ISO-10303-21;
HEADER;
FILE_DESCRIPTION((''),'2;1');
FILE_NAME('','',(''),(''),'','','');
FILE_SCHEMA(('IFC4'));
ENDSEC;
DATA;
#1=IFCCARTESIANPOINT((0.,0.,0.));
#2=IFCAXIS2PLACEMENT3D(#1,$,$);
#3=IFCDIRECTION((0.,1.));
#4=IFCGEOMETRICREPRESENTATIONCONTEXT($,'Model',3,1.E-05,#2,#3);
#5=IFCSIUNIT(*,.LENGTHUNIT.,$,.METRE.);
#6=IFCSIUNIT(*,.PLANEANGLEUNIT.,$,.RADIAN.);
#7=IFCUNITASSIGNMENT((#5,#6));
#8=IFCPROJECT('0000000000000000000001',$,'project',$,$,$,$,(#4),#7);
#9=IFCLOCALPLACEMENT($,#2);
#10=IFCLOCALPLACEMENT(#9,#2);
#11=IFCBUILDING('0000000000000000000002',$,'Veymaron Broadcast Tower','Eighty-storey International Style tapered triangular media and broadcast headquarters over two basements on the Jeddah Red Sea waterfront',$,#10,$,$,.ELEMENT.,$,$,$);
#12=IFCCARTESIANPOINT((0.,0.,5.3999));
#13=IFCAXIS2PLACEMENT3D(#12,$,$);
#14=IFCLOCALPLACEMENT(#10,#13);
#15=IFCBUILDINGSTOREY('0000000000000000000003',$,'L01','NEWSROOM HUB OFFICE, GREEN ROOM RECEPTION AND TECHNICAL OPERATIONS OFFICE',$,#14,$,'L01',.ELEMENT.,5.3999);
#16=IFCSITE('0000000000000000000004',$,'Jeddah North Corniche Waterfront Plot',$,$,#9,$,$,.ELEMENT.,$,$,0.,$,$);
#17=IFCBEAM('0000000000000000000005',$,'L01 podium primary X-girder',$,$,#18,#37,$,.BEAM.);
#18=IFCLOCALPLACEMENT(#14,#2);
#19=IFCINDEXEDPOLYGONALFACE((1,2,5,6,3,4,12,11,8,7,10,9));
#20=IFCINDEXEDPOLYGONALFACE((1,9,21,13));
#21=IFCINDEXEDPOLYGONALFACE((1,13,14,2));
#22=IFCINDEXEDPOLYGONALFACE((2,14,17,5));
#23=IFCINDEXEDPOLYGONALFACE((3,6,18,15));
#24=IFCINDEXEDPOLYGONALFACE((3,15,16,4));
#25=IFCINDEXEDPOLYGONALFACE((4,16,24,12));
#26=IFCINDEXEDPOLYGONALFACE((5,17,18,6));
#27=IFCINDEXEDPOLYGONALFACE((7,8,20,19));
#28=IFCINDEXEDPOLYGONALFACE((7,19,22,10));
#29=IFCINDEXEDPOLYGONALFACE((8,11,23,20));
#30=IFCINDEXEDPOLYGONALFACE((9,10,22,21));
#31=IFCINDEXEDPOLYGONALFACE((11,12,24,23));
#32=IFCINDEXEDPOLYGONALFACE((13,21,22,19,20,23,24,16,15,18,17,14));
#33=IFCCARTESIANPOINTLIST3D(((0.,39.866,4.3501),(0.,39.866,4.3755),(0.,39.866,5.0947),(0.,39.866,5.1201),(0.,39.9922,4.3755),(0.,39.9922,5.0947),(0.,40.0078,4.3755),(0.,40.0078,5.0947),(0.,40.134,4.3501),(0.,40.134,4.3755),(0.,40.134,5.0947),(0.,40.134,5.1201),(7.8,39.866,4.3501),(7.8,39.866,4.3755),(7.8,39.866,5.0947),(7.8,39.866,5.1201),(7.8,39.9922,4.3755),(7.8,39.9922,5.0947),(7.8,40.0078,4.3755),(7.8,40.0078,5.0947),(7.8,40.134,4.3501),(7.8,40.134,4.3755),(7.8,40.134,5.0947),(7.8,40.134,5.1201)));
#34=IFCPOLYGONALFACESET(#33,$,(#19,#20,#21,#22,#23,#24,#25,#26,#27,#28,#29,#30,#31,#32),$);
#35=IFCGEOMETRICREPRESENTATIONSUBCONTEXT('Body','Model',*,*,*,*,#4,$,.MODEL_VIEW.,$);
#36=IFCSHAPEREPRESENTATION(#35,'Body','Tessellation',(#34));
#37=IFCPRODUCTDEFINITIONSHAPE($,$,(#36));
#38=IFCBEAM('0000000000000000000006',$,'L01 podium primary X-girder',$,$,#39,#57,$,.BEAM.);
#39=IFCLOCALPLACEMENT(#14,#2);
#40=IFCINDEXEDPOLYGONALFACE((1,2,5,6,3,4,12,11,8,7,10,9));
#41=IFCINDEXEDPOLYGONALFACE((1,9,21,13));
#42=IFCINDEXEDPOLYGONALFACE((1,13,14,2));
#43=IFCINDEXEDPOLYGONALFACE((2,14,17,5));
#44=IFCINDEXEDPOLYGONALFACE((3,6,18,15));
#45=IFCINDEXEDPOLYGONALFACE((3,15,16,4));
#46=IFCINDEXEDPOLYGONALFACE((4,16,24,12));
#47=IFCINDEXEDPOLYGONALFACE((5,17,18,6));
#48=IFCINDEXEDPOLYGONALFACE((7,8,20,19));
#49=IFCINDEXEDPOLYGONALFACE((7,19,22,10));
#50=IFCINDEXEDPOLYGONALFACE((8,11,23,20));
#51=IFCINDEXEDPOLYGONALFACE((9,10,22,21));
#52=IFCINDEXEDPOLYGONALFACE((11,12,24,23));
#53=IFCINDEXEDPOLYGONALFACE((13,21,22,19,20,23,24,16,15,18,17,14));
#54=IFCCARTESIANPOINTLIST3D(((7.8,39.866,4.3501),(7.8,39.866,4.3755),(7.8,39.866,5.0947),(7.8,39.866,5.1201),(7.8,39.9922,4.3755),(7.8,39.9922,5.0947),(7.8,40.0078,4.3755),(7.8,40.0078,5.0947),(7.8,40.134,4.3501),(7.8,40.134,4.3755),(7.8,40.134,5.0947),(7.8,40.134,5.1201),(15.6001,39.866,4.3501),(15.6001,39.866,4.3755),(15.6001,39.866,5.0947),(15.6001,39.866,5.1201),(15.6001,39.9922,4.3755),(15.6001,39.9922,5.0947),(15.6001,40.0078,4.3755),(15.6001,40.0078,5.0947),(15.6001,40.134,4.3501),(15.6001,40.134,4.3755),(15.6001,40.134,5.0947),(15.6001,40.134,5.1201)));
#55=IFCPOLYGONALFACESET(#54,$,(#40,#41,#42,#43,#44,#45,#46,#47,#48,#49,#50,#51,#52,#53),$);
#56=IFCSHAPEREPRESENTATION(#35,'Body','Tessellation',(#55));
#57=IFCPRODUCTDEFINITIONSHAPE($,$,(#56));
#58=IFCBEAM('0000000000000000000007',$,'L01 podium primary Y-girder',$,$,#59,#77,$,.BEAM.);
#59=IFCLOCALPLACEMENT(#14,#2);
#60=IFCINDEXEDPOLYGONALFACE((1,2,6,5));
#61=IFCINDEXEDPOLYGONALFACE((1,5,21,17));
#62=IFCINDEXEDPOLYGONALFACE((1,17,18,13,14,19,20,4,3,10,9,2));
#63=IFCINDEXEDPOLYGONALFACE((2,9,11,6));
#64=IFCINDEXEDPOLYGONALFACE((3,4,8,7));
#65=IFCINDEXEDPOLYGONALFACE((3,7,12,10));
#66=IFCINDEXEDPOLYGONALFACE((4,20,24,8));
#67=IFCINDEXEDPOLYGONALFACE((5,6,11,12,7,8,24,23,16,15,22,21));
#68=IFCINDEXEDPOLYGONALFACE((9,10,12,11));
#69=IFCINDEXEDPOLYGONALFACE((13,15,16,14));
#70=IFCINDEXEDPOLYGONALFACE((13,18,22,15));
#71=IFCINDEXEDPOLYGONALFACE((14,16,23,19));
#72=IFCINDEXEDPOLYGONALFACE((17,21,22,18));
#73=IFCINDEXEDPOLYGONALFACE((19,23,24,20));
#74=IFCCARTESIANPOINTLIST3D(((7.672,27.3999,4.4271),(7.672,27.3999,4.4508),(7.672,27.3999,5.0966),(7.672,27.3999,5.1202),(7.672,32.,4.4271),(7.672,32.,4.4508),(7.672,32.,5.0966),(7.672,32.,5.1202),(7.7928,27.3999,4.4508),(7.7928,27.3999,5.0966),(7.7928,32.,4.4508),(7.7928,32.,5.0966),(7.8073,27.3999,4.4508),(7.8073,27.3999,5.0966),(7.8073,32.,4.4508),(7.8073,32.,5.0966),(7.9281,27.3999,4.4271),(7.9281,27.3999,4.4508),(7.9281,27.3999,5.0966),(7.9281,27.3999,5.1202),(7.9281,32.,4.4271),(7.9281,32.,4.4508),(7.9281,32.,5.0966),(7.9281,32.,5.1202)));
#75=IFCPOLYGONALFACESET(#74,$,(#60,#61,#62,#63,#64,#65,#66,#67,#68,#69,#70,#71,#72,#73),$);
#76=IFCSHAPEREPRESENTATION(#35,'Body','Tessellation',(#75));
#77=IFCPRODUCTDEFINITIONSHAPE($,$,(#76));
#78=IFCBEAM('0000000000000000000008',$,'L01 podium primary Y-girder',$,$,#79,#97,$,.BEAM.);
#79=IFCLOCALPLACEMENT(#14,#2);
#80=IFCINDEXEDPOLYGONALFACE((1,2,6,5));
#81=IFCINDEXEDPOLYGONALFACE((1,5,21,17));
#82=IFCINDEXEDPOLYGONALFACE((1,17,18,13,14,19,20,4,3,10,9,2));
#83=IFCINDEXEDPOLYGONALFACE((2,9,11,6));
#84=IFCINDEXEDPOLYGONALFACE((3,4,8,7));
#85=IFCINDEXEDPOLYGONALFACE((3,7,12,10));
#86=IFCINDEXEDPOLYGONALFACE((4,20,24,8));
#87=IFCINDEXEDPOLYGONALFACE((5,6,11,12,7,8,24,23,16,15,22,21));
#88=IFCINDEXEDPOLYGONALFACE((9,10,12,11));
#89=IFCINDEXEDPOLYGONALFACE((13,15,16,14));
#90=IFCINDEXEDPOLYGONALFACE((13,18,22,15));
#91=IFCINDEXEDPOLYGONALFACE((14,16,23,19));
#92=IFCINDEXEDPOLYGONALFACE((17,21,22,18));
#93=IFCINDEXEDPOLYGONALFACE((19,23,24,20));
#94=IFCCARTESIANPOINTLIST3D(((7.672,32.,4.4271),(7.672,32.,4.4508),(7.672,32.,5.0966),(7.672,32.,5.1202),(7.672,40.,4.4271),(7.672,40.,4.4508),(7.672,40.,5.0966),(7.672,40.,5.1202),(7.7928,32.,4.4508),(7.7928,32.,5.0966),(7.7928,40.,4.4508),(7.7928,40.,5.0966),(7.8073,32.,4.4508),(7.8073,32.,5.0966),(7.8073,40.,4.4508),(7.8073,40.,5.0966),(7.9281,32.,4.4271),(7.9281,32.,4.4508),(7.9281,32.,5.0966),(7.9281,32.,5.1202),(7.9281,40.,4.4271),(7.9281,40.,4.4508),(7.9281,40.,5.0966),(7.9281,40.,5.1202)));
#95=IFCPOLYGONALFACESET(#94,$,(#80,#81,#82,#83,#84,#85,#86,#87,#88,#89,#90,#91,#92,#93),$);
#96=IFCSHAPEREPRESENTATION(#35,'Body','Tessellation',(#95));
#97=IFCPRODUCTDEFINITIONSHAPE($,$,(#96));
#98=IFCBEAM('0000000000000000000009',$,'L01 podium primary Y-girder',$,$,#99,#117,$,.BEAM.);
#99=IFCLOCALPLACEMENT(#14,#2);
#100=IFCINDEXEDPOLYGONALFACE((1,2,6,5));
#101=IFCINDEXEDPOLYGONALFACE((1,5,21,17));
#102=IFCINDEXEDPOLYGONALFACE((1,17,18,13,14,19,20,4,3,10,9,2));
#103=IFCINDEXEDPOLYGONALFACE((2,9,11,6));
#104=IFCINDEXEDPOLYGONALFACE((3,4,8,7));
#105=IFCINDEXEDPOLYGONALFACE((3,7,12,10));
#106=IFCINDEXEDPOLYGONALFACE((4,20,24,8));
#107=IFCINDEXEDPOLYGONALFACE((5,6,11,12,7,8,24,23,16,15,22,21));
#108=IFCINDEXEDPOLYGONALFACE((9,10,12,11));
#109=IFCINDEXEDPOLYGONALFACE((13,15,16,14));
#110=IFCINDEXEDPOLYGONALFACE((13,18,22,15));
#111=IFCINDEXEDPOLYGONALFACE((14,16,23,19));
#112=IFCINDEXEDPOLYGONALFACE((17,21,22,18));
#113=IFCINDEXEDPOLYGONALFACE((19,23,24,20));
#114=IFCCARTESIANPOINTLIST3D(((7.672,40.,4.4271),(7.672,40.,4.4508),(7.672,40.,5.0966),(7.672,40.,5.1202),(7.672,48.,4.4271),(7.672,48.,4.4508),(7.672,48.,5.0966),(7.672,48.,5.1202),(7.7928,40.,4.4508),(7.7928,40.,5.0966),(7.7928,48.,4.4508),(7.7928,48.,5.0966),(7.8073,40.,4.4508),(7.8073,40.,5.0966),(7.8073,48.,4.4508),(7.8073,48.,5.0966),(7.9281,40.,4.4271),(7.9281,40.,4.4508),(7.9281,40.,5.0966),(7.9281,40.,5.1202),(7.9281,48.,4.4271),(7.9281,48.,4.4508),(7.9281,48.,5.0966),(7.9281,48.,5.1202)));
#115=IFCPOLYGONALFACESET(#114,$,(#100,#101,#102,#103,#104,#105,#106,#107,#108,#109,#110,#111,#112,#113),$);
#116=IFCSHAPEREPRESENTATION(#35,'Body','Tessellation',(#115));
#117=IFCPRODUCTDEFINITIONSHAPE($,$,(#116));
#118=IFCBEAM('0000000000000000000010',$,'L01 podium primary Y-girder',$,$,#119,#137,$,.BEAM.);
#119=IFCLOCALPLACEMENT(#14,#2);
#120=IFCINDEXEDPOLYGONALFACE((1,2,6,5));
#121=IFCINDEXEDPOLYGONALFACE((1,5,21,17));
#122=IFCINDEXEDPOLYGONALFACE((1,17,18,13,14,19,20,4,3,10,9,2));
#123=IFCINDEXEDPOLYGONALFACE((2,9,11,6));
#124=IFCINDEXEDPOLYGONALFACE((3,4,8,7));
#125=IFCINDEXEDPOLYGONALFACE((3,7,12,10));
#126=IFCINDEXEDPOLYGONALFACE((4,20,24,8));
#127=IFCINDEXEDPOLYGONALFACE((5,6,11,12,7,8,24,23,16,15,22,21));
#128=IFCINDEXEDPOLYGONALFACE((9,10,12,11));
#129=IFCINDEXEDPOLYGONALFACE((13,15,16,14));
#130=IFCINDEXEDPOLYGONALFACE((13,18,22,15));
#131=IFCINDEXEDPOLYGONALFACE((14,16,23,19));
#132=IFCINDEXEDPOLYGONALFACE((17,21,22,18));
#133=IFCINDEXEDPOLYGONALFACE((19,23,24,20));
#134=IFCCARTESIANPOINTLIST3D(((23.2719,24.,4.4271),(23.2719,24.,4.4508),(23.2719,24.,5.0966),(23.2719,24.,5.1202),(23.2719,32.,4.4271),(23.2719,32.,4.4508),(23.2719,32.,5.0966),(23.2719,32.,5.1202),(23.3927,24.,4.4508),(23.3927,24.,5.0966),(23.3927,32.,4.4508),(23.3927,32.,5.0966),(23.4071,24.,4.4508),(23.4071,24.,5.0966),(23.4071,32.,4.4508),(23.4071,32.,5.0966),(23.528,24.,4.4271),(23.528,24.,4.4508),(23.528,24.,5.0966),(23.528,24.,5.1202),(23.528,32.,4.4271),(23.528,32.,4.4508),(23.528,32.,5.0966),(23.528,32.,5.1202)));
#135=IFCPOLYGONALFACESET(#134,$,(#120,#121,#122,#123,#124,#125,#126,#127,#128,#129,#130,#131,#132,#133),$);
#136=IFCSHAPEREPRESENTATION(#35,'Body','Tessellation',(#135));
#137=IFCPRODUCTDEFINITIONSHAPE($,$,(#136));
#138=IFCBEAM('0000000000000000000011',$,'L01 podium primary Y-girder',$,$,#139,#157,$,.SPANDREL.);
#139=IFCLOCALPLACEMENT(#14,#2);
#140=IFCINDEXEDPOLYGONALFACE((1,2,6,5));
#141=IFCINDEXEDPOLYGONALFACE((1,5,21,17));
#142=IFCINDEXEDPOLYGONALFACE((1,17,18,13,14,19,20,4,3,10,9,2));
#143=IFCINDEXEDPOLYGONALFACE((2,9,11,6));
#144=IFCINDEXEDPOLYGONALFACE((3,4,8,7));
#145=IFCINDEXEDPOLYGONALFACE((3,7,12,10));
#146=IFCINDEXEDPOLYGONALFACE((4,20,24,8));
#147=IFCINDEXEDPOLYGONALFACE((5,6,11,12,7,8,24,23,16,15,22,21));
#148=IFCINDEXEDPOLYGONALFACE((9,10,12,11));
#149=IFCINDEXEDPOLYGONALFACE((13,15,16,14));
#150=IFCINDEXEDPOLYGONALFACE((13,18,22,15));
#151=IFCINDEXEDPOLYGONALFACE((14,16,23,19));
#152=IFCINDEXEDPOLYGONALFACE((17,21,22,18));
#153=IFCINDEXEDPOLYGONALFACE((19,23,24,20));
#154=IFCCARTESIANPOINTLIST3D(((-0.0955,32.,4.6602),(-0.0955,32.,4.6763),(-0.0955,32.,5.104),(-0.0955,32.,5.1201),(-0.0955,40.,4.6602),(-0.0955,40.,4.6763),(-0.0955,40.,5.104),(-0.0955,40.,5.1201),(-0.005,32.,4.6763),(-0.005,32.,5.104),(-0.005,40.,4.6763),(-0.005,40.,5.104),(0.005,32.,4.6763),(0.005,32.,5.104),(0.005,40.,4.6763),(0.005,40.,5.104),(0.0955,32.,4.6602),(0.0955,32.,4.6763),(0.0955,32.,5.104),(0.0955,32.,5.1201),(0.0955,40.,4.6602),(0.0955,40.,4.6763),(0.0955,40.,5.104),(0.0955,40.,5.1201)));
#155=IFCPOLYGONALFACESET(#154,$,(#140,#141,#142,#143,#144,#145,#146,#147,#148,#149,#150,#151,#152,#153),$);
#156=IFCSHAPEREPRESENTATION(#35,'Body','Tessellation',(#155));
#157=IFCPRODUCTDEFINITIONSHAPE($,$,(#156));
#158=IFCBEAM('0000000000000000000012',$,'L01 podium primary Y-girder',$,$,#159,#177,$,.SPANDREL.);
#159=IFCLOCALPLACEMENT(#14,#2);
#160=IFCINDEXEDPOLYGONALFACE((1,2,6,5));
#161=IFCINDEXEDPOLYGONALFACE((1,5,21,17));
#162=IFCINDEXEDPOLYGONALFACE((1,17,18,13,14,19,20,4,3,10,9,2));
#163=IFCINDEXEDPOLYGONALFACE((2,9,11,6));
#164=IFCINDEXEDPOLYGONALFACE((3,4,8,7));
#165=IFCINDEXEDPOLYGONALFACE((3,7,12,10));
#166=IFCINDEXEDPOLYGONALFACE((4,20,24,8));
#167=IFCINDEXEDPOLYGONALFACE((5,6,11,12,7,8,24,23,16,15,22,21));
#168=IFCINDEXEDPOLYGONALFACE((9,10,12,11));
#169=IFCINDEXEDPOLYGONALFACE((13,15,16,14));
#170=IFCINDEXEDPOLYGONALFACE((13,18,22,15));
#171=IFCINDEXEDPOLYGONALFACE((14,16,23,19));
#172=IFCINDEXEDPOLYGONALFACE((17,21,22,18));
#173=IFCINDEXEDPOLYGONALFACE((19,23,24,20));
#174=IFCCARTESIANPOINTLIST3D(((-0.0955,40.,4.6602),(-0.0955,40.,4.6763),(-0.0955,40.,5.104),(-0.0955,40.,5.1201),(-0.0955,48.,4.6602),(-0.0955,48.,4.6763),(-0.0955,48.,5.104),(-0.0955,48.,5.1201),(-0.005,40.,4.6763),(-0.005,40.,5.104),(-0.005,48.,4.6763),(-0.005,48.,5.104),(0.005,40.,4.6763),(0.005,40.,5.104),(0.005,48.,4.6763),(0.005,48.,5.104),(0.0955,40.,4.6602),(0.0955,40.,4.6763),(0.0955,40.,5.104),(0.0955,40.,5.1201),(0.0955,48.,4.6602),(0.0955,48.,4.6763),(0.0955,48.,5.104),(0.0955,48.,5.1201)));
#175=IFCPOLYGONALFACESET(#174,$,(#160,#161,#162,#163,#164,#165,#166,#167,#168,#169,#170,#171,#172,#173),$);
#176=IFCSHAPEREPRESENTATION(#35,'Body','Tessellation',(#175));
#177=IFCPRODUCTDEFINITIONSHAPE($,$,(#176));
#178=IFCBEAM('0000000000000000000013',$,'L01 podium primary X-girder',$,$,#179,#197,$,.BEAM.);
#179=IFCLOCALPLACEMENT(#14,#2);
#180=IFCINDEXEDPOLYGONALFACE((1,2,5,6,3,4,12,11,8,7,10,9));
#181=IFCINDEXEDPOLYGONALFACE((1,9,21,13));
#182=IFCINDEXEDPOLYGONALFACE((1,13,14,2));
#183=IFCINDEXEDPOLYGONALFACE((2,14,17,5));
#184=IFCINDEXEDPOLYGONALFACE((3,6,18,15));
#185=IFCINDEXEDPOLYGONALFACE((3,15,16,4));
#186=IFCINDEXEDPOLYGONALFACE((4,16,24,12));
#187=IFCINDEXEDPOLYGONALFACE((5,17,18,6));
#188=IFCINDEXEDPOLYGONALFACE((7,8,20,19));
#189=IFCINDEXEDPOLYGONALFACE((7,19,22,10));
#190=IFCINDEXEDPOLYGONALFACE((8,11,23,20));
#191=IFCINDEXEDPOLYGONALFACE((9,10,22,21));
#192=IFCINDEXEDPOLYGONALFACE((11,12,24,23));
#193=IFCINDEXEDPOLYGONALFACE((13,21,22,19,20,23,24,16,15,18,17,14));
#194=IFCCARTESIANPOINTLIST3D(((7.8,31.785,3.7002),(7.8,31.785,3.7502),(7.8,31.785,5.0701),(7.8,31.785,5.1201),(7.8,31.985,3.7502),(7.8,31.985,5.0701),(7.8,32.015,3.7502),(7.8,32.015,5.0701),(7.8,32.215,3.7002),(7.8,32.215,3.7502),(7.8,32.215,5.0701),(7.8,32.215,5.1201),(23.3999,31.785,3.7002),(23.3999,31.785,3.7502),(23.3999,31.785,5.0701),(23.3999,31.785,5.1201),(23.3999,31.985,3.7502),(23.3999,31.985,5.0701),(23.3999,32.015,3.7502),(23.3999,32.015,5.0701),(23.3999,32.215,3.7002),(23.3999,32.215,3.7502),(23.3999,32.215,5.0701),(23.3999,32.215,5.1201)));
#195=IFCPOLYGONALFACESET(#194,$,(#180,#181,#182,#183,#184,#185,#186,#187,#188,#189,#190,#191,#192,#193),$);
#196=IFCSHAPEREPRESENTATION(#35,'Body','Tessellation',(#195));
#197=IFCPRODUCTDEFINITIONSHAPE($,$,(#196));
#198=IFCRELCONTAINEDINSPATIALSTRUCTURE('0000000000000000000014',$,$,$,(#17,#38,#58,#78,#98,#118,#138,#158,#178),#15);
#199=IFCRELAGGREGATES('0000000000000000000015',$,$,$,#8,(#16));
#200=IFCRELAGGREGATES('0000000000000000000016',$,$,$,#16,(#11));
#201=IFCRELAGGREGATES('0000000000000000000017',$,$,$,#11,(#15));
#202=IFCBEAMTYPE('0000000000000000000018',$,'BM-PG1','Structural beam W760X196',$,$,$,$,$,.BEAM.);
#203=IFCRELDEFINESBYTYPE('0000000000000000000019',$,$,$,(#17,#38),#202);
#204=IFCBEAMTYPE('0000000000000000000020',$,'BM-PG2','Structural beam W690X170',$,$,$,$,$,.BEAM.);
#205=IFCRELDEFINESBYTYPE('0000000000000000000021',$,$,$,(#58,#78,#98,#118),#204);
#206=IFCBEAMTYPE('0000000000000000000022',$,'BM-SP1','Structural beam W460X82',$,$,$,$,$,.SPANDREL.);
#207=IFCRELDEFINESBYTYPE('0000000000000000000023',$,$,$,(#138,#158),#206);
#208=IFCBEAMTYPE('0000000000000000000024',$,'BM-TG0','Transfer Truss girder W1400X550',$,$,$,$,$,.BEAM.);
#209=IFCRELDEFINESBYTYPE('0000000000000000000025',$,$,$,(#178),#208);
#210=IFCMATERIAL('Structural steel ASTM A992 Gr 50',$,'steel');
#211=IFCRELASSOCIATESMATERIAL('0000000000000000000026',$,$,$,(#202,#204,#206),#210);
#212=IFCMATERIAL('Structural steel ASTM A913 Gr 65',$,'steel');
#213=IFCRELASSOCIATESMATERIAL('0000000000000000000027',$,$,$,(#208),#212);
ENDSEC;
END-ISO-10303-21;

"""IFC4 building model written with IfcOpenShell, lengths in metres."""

from ifc_helpers import new_model, si_unit, direction, frame, origin, origin_2d, place, context, subcontext, project, spatial, i_section, extrude, material, material_profile, profile_set, type_object, element, save


model = new_model("IFC4")

# Units and contexts
model_context = context("Model", 3, precision=1e-05, world=origin(), true_north=direction((0.0, 1.0)))
body_context = subcontext(model_context, "Body", "Model", "MODEL_VIEW")
ifc_project = project(units=[si_unit("LENGTHUNIT", "METRE"), si_unit("PLANEANGLEUNIT", "RADIAN")], contexts=[model_context])

# Site, building, storey
site_placement = place(None, origin())
site = spatial("IfcSite", under=ifc_project, at=site_placement, Name="Jeddah North Corniche Waterfront Plot", CompositionType="ELEMENT", RefElevation=0.0)
building_placement = place(site_placement, origin())
building = spatial("IfcBuilding", under=site, at=building_placement, Name="Veymaron Broadcast Tower", Description="Eighty-storey International Style tapered triangular media and broadcast headquarters over two basements on the Jeddah Red Sea waterfront", CompositionType="ELEMENT")
storey_placement = place(building_placement, frame((0.0, 0.0, 5.3999)))
storey = spatial("IfcBuildingStorey", under=building, at=storey_placement, Name="L01", Description="NEWSROOM HUB OFFICE, GREEN ROOM RECEPTION AND TECHNICAL OPERATIONS OFFICE", LongName="L01", CompositionType="ELEMENT", Elevation=5.3999)

# Shared definitions
ifc_material_1 = material(Name="Structural steel ASTM A913 Gr 65", Category="steel")

# Beams
ifc_material_2 = material(Name="Structural steel ASTM A992 Gr 50", Category="steel")
ifc_material_profile_1 = material_profile(ifc_material_2, i_section(OverallWidth=0.2681, OverallDepth=0.77, WebThickness=0.0156, FlangeThickness=0.0254, at=origin_2d()), Name="W760X196")
ifc_profile_set_1 = profile_set([ifc_material_profile_1], Name="Structural steel ASTM A992 Gr 50")
beam_type_1 = type_object("IfcBeamType", Name="BM-PG1", Description="Structural beam W760X196", PredefinedType="BEAM", material=ifc_profile_set_1)
for number, where, z_axis, x_axis, name in (
    (1, (0.0, 40.0, 4.7351), (1.0, 0.0, 0.0), (0.0, 1.0, 0.0), "L01 podium primary X-girder"),
    (2, (7.8, 40.0, 4.7351), (1.0, 0.0, 0.0), (0.0, 1.0, 0.0), "L01 podium primary X-girder"),
):
    element("IfcBeam", number, at=place(storey_placement, frame(where, z_axis=z_axis, x_axis=x_axis)), inside=storey, type_object=beam_type_1, Name=name, PredefinedType="BEAM", context=body_context, shape_type="SweptSolid", body=[
        extrude(i_section(OverallWidth=0.2681, OverallDepth=0.77, WebThickness=0.0156, FlangeThickness=0.0254, at=origin_2d()), origin(), (0.0, 0.0, 1.0), 7.8),
    ])
ifc_material_profile_2 = material_profile(ifc_material_2, i_section(OverallWidth=0.2561, OverallDepth=0.6931, WebThickness=0.0144, FlangeThickness=0.0237, at=origin_2d()), Name="W690X170")
ifc_profile_set_2 = profile_set([ifc_material_profile_2], Name="Structural steel ASTM A992 Gr 50")
beam_type_2 = type_object("IfcBeamType", Name="BM-PG2", Description="Structural beam W690X170", PredefinedType="BEAM", material=ifc_profile_set_2)
beam_1_placement = place(storey_placement, frame((7.8, 27.3999, 4.7737), z_axis=(0.0, 1.0, 0.0), x_axis=(-1.0, 0.0, 0.0)))
element("IfcBeam", 3, at=beam_1_placement, inside=storey, type_object=beam_type_2, Name="L01 podium primary Y-girder", PredefinedType="BEAM", context=body_context, shape_type="SweptSolid", body=[
    extrude(i_section(OverallWidth=0.2561, OverallDepth=0.6931, WebThickness=0.0144, FlangeThickness=0.0237, at=origin_2d()), origin(), (0.0, 0.0, 1.0), 4.6001),
])
for number, where, z_axis, x_axis, name in (
    (4, (7.8, 32.0, 4.7737), (0.0, 1.0, 0.0), (-1.0, 0.0, 0.0), "L01 podium primary Y-girder"),
    (5, (7.8, 40.0, 4.7737), (0.0, 1.0, 0.0), (-1.0, 0.0, 0.0), "L01 podium primary Y-girder"),
    (6, (23.3999, 24.0, 4.7737), (0.0, 1.0, 0.0), (-1.0, 0.0, 0.0), "L01 podium primary Y-girder"),
):
    element("IfcBeam", number, at=place(storey_placement, frame(where, z_axis=z_axis, x_axis=x_axis)), inside=storey, type_object=beam_type_2, Name=name, PredefinedType="BEAM", context=body_context, shape_type="SweptSolid", body=[
        extrude(i_section(OverallWidth=0.2561, OverallDepth=0.6931, WebThickness=0.0144, FlangeThickness=0.0237, at=origin_2d()), origin(), (0.0, 0.0, 1.0), 8.0),
    ])
ifc_material_profile_3 = material_profile(ifc_material_2, i_section(OverallWidth=0.1909, OverallDepth=0.46, WebThickness=0.01, FlangeThickness=0.0161, at=origin_2d()), Name="W460X82")
ifc_profile_set_3 = profile_set([ifc_material_profile_3], Name="Structural steel ASTM A992 Gr 50")
beam_type_3 = type_object("IfcBeamType", Name="BM-SP1", Description="Structural beam W460X82", PredefinedType="SPANDREL", material=ifc_profile_set_3)
for number, where, z_axis, x_axis, name in (
    (7, (0.0, 32.0, 4.8901), (0.0, 1.0, 0.0), (-1.0, 0.0, 0.0), "L01 podium primary Y-girder"),
    (8, (0.0, 40.0, 4.8901), (0.0, 1.0, 0.0), (-1.0, 0.0, 0.0), "L01 podium primary Y-girder"),
):
    element("IfcBeam", number, at=place(storey_placement, frame(where, z_axis=z_axis, x_axis=x_axis)), inside=storey, type_object=beam_type_3, Name=name, PredefinedType="SPANDREL", context=body_context, shape_type="SweptSolid", body=[
        extrude(i_section(OverallWidth=0.1909, OverallDepth=0.46, WebThickness=0.01, FlangeThickness=0.0161, at=origin_2d()), origin(), (0.0, 0.0, 1.0), 8.0),
    ])
ifc_material_profile_4 = material_profile(ifc_material_1, i_section(OverallWidth=0.4299, OverallDepth=1.4199, WebThickness=0.03, FlangeThickness=0.05, at=origin_2d()), Name="W1400X550")
ifc_profile_set_4 = profile_set([ifc_material_profile_4], Name="Structural steel ASTM A913 Gr 65")
beam_type_4 = type_object("IfcBeamType", Name="BM-TG0", Description="Transfer Truss girder W1400X550", PredefinedType="BEAM", material=ifc_profile_set_4)
beam_2_placement = place(storey_placement, frame((7.8, 32.0, 4.4102), z_axis=(1.0, 0.0, 0.0), x_axis=(0.0, 1.0, 0.0)))
element("IfcBeam", 9, at=beam_2_placement, inside=storey, type_object=beam_type_4, Name="L01 podium primary X-girder", PredefinedType="BEAM", context=body_context, shape_type="SweptSolid", body=[
    extrude(i_section(OverallWidth=0.4299, OverallDepth=1.4199, WebThickness=0.03, FlangeThickness=0.05, at=origin_2d()), origin(), (0.0, 0.0, 1.0), 15.5999),
])

save(model, "model.ifc")
